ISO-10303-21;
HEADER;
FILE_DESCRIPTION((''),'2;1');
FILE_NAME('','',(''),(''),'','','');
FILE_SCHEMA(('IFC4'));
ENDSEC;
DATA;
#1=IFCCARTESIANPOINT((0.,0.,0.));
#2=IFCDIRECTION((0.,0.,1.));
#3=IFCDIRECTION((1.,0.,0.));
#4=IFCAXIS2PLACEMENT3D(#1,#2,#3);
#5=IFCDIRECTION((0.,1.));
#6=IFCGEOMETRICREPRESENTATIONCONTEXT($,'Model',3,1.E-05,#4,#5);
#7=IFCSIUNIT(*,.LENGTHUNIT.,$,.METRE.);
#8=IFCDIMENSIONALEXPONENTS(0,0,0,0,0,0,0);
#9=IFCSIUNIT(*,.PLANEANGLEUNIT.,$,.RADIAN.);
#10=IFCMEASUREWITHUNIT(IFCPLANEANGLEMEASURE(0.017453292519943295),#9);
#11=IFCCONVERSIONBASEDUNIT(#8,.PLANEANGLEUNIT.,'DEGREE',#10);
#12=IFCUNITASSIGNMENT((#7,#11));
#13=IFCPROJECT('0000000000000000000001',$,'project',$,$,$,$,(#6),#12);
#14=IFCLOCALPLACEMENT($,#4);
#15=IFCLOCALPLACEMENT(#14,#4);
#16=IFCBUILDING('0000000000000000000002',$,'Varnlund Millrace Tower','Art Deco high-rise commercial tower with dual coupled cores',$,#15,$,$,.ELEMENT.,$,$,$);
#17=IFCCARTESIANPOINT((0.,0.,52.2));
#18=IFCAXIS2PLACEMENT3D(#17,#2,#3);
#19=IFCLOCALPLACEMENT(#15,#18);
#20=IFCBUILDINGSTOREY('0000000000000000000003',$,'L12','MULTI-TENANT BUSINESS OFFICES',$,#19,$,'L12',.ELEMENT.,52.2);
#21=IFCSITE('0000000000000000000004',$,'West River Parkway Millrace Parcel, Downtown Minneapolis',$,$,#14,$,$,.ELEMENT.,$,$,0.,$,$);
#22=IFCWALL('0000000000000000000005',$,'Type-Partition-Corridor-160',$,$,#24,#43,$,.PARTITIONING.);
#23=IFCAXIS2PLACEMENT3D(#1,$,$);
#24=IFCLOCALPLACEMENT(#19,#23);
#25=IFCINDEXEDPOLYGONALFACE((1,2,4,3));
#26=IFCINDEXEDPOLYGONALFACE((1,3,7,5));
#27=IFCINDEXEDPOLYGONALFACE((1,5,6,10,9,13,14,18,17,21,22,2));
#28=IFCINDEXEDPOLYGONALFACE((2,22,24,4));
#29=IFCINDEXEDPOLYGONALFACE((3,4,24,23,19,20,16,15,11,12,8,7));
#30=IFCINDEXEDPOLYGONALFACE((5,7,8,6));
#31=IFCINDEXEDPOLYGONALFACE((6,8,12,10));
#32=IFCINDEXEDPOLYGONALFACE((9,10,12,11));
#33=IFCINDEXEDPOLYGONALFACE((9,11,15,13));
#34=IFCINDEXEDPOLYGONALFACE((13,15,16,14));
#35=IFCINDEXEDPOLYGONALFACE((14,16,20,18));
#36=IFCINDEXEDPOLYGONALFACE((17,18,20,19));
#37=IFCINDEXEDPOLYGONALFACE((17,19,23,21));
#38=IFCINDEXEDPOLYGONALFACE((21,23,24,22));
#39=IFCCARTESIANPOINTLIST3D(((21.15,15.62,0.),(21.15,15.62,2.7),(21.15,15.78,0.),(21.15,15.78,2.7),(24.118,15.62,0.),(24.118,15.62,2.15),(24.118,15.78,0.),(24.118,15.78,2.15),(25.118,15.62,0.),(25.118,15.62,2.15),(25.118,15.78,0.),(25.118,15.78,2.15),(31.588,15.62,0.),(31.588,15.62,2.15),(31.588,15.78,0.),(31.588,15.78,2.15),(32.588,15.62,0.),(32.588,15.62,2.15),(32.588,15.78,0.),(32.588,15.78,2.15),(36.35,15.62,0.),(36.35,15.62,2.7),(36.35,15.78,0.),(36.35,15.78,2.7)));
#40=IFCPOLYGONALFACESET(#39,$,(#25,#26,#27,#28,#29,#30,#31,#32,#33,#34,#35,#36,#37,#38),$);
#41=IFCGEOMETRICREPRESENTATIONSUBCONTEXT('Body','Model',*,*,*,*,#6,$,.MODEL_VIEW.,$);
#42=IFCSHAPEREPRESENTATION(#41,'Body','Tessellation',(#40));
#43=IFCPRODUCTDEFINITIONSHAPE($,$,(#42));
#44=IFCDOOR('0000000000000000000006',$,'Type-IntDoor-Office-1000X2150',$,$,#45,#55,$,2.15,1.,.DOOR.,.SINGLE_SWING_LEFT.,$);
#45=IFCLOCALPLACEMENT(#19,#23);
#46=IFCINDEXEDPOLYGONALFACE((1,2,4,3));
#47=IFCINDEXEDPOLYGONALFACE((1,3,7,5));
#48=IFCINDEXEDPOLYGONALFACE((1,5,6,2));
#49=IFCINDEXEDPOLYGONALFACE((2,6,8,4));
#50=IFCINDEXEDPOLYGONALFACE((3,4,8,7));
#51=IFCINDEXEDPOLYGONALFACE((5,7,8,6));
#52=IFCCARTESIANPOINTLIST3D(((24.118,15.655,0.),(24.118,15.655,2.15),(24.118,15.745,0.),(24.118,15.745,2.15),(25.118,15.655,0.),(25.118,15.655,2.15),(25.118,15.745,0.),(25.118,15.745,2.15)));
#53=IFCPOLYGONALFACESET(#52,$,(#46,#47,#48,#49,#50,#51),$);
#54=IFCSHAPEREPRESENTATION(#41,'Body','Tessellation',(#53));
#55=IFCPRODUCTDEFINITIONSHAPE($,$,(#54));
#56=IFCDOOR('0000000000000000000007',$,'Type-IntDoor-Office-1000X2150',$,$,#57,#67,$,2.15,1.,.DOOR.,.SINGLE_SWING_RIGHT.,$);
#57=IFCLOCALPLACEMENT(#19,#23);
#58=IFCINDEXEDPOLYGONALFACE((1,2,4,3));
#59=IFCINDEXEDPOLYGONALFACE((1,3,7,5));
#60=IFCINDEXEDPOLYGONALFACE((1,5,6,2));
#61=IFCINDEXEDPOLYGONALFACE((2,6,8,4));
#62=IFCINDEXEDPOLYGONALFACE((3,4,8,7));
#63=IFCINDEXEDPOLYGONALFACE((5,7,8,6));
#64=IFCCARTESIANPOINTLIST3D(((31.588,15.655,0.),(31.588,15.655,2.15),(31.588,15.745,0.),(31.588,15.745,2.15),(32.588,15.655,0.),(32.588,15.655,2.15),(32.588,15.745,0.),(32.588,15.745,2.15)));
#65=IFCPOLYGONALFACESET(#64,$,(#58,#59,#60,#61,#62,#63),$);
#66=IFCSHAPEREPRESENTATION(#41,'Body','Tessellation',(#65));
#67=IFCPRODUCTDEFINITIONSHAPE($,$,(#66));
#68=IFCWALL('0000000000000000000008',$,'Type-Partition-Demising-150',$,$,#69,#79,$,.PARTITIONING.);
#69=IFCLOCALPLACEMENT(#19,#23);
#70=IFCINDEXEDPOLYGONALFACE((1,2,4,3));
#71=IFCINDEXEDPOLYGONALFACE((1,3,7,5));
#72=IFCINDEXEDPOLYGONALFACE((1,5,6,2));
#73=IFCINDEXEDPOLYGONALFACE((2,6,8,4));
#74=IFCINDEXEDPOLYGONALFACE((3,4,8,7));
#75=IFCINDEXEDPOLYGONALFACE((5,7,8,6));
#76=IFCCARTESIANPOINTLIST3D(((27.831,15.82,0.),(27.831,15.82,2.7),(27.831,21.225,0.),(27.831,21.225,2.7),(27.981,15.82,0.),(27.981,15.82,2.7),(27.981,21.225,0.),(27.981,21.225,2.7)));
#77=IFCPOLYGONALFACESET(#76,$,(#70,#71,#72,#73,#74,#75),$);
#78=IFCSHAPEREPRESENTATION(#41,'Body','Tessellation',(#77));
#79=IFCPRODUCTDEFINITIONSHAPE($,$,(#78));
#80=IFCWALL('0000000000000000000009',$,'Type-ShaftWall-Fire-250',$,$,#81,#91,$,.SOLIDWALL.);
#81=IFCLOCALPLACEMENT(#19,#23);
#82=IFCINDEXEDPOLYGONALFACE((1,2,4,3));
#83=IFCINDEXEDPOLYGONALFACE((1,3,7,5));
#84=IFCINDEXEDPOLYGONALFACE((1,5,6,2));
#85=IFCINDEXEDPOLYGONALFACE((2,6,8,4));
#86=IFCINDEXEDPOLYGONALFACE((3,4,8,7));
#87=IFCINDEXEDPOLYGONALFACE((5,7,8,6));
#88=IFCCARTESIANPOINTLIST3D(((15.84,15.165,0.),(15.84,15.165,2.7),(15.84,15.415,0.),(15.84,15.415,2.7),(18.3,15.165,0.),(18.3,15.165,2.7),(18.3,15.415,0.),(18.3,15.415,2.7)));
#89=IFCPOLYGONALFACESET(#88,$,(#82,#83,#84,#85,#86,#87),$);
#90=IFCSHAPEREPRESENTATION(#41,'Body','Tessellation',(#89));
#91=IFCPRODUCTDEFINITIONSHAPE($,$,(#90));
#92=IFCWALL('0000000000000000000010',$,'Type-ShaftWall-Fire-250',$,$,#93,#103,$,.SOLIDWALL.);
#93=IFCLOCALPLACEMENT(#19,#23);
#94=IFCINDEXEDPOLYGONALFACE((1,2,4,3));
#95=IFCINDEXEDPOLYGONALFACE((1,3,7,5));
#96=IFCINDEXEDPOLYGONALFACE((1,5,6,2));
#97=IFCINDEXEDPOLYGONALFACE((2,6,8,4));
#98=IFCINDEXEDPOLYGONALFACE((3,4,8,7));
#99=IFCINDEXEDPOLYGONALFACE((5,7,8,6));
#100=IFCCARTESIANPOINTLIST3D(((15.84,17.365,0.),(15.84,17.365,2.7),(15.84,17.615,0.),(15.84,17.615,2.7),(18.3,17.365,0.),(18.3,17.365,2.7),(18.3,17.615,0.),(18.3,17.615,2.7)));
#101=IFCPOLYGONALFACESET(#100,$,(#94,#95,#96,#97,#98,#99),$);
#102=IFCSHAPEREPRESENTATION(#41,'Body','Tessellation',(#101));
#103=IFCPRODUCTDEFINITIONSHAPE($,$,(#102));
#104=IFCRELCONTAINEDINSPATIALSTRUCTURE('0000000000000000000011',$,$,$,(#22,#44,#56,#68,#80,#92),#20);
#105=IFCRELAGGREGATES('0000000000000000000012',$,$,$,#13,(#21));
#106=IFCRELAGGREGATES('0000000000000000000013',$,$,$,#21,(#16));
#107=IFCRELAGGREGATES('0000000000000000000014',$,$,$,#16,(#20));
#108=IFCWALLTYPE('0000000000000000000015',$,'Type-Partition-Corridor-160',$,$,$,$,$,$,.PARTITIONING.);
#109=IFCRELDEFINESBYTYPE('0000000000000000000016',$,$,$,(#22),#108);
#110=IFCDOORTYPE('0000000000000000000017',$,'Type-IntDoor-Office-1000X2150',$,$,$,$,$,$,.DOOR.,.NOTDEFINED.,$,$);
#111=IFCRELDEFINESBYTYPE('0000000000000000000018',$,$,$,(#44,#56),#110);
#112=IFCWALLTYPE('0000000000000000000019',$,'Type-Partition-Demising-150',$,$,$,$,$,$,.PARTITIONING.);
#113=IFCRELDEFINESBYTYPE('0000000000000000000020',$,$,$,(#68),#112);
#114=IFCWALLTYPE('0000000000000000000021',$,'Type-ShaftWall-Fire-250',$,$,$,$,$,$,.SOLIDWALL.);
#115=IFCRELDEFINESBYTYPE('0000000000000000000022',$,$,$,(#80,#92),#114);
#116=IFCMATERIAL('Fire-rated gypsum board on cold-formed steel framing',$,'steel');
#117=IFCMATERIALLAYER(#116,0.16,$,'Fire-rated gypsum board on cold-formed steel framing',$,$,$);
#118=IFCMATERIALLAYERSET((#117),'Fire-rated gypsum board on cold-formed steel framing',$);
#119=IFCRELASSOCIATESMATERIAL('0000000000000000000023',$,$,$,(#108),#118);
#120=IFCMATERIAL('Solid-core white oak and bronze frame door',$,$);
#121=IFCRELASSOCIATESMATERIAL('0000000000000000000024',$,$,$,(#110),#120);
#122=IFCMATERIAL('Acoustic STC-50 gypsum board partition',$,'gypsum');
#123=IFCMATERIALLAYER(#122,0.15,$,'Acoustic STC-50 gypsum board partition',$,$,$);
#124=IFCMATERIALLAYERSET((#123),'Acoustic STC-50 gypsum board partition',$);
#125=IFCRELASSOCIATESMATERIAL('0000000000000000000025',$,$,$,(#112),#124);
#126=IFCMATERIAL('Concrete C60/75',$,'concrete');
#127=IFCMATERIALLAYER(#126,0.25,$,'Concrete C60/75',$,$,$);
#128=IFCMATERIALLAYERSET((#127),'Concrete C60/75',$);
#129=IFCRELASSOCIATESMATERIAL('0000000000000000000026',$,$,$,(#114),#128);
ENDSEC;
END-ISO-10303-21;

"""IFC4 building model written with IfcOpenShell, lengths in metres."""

from ifc_helpers import new_model, entity, si_unit, converted_unit, direction, frame, origin_with_axes, origin_2d_with_axis, place, context, subcontext, project, spatial, polyline, rectangle, outline, extrude, material, layer, layer_set, type_object, element, fill, save


model = new_model("IFC4")

# Units and contexts
model_context = context("Model", 3, precision=1e-05, world=origin_with_axes(), true_north=direction((0.0, 1.0)))
body_context = subcontext(model_context, "Body", "Model", "MODEL_VIEW")
ifc_project = project(units=[si_unit("LENGTHUNIT", "METRE"), converted_unit("PLANEANGLEUNIT", "DEGREE", entity("IfcPlaneAngleMeasure", 0.017453292519943295), si_unit("PLANEANGLEUNIT", "RADIAN"), dimensions=[0, 0, 0, 0, 0, 0, 0])], contexts=[model_context])

# Site, building, storey
site_placement = place(None, origin_with_axes())
site = spatial("IfcSite", under=ifc_project, at=site_placement, Name="West River Parkway Millrace Parcel, Downtown Minneapolis", CompositionType="ELEMENT", RefElevation=0.0)
building_placement = place(site_placement, origin_with_axes())
building = spatial("IfcBuilding", under=site, at=building_placement, Name="Varnlund Millrace Tower", Description="Art Deco high-rise commercial tower with dual coupled cores", CompositionType="ELEMENT")
storey_placement = place(building_placement, frame((0.0, 0.0, 52.2), z_axis=(0.0, 0.0, 1.0), x_axis=(1.0, 0.0, 0.0)))
storey = spatial("IfcBuildingStorey", under=building, at=storey_placement, Name="L12", Description="MULTI-TENANT BUSINESS OFFICES", LongName="L12", CompositionType="ELEMENT", Elevation=52.2)

# Wall, openings, doors
ifc_material_1 = material(Name="Fire-rated gypsum board on cold-formed steel framing", Category="steel")
ifc_layer_1 = layer(ifc_material_1, 0.16, Name="Fire-rated gypsum board on cold-formed steel framing")
ifc_layer_set_1 = layer_set([ifc_layer_1], Name="Fire-rated gypsum board on cold-formed steel framing")
wall_type_1 = type_object("IfcWallType", Name="Type-Partition-Corridor-160", PredefinedType="PARTITIONING", material=ifc_layer_set_1)
wall_1_placement = place(storey_placement, frame((21.15, 15.7, 0.0), z_axis=(0.0, 0.0, 1.0), x_axis=(1.0, 0.0, 0.0)))
wall_1 = element("IfcWall", 1, at=wall_1_placement, inside=storey, type_object=wall_type_1, Name="Type-Partition-Corridor-160", PredefinedType="PARTITIONING", context=body_context, shape_type="SweptSolid", body=[
    extrude(outline(polyline([(0.0, -0.08), (15.2, -0.08), (15.2, 0.08), (0.0, 0.08), (0.0, -0.08)])), origin_with_axes(), (0.0, 0.0, 1.0), 2.7),
])
opening_1_placement = place(wall_1_placement, frame((3.468, 0.0, 0.0), z_axis=(0.0, 0.0, 1.0), x_axis=(1.0, 0.0, 0.0)))
opening_1 = element("IfcOpeningElement", 2, at=opening_1_placement, cuts=wall_1, PredefinedType="OPENING", context=body_context, shape_type="SweptSolid", body=[
    extrude(rectangle(XDim=1.0, YDim=0.18, at=origin_2d_with_axis()), origin_with_axes(), (0.0, 0.0, 1.0), 2.15),
])
opening_2_placement = place(wall_1_placement, frame((10.938, 0.0, 0.0), z_axis=(0.0, 0.0, 1.0), x_axis=(1.0, 0.0, 0.0)))
opening_2 = element("IfcOpeningElement", 3, at=opening_2_placement, cuts=wall_1, PredefinedType="OPENING", context=body_context, shape_type="SweptSolid", body=[
    extrude(rectangle(XDim=1.0, YDim=0.18, at=origin_2d_with_axis()), origin_with_axes(), (0.0, 0.0, 1.0), 2.15),
])
ifc_material_2 = material(Name="Solid-core white oak and bronze frame door")
door_type = type_object("IfcDoorType", Name="Type-IntDoor-Office-1000X2150", OperationType="NOTDEFINED", PredefinedType="DOOR", material=ifc_material_2)
door_1_placement = place(wall_1_placement, frame((3.468, 0.0, 0.0), z_axis=(0.0, 0.0, 1.0), x_axis=(1.0, 0.0, 0.0)))
door_1 = element("IfcDoor", 4, at=door_1_placement, inside=storey, type_object=door_type, Name="Type-IntDoor-Office-1000X2150", OperationType="SINGLE_SWING_LEFT", OverallHeight=2.15, OverallWidth=1.0, PredefinedType="DOOR", context=body_context, shape_type="SweptSolid", body=[
    extrude(rectangle(XDim=1.0, YDim=0.09, at=origin_2d_with_axis()), origin_with_axes(), (0.0, 0.0, 1.0), 2.15),
])
fill(opening_1, door_1)
door_2_placement = place(wall_1_placement, frame((10.938, 0.0, 0.0), z_axis=(0.0, 0.0, 1.0), x_axis=(1.0, 0.0, 0.0)))
door_2 = element("IfcDoor", 5, at=door_2_placement, inside=storey, type_object=door_type, Name="Type-IntDoor-Office-1000X2150", OperationType="SINGLE_SWING_RIGHT", OverallHeight=2.15, OverallWidth=1.0, PredefinedType="DOOR", context=body_context, shape_type="SweptSolid", body=[
    extrude(rectangle(XDim=1.0, YDim=0.09, at=origin_2d_with_axis()), origin_with_axes(), (0.0, 0.0, 1.0), 2.15),
])
fill(opening_2, door_2)

# Walls
ifc_material_3 = material(Name="Acoustic STC-50 gypsum board partition", Category="gypsum")
ifc_layer_2 = layer(ifc_material_3, 0.15, Name="Acoustic STC-50 gypsum board partition")
ifc_layer_set_2 = layer_set([ifc_layer_2], Name="Acoustic STC-50 gypsum board partition")
wall_type_2 = type_object("IfcWallType", Name="Type-Partition-Demising-150", PredefinedType="PARTITIONING", material=ifc_layer_set_2)
wall_2_placement = place(storey_placement, frame((27.906, 15.82, 0.0), z_axis=(0.0, 0.0, 1.0), x_axis=(0.0, 1.0, 0.0)))
element("IfcWall", 6, at=wall_2_placement, inside=storey, type_object=wall_type_2, Name="Type-Partition-Demising-150", PredefinedType="PARTITIONING", context=body_context, shape_type="SweptSolid", body=[
    extrude(outline(polyline([(0.0, -0.075), (5.405, -0.075), (5.405, 0.075), (0.0, 0.075), (0.0, -0.075)])), origin_with_axes(), (0.0, 0.0, 1.0), 2.7),
])
ifc_material_4 = material(Name="Concrete C60/75", Category="concrete")
ifc_layer_3 = layer(ifc_material_4, 0.25, Name="Concrete C60/75")
ifc_layer_set_3 = layer_set([ifc_layer_3], Name="Concrete C60/75")
wall_type_3 = type_object("IfcWallType", Name="Type-ShaftWall-Fire-250", PredefinedType="SOLIDWALL", material=ifc_layer_set_3)
for number, where, z_axis, x_axis, name in (
    (7, (15.84, 15.29, 0.0), (0.0, 0.0, 1.0), (1.0, 0.0, 0.0), "Type-ShaftWall-Fire-250"),
    (8, (15.84, 17.49, 0.0), (0.0, 0.0, 1.0), (1.0, 0.0, 0.0), "Type-ShaftWall-Fire-250"),
):
    element("IfcWall", number, at=place(storey_placement, frame(where, z_axis=z_axis, x_axis=x_axis)), inside=storey, type_object=wall_type_3, Name=name, PredefinedType="SOLIDWALL", context=body_context, shape_type="SweptSolid", body=[
        extrude(outline(polyline([(0.0, -0.125), (2.46, -0.125), (2.46, 0.125), (0.0, 0.125), (0.0, -0.125)])), origin_with_axes(), (0.0, 0.0, 1.0), 2.7),
    ])

save(model, "model.ifc")
